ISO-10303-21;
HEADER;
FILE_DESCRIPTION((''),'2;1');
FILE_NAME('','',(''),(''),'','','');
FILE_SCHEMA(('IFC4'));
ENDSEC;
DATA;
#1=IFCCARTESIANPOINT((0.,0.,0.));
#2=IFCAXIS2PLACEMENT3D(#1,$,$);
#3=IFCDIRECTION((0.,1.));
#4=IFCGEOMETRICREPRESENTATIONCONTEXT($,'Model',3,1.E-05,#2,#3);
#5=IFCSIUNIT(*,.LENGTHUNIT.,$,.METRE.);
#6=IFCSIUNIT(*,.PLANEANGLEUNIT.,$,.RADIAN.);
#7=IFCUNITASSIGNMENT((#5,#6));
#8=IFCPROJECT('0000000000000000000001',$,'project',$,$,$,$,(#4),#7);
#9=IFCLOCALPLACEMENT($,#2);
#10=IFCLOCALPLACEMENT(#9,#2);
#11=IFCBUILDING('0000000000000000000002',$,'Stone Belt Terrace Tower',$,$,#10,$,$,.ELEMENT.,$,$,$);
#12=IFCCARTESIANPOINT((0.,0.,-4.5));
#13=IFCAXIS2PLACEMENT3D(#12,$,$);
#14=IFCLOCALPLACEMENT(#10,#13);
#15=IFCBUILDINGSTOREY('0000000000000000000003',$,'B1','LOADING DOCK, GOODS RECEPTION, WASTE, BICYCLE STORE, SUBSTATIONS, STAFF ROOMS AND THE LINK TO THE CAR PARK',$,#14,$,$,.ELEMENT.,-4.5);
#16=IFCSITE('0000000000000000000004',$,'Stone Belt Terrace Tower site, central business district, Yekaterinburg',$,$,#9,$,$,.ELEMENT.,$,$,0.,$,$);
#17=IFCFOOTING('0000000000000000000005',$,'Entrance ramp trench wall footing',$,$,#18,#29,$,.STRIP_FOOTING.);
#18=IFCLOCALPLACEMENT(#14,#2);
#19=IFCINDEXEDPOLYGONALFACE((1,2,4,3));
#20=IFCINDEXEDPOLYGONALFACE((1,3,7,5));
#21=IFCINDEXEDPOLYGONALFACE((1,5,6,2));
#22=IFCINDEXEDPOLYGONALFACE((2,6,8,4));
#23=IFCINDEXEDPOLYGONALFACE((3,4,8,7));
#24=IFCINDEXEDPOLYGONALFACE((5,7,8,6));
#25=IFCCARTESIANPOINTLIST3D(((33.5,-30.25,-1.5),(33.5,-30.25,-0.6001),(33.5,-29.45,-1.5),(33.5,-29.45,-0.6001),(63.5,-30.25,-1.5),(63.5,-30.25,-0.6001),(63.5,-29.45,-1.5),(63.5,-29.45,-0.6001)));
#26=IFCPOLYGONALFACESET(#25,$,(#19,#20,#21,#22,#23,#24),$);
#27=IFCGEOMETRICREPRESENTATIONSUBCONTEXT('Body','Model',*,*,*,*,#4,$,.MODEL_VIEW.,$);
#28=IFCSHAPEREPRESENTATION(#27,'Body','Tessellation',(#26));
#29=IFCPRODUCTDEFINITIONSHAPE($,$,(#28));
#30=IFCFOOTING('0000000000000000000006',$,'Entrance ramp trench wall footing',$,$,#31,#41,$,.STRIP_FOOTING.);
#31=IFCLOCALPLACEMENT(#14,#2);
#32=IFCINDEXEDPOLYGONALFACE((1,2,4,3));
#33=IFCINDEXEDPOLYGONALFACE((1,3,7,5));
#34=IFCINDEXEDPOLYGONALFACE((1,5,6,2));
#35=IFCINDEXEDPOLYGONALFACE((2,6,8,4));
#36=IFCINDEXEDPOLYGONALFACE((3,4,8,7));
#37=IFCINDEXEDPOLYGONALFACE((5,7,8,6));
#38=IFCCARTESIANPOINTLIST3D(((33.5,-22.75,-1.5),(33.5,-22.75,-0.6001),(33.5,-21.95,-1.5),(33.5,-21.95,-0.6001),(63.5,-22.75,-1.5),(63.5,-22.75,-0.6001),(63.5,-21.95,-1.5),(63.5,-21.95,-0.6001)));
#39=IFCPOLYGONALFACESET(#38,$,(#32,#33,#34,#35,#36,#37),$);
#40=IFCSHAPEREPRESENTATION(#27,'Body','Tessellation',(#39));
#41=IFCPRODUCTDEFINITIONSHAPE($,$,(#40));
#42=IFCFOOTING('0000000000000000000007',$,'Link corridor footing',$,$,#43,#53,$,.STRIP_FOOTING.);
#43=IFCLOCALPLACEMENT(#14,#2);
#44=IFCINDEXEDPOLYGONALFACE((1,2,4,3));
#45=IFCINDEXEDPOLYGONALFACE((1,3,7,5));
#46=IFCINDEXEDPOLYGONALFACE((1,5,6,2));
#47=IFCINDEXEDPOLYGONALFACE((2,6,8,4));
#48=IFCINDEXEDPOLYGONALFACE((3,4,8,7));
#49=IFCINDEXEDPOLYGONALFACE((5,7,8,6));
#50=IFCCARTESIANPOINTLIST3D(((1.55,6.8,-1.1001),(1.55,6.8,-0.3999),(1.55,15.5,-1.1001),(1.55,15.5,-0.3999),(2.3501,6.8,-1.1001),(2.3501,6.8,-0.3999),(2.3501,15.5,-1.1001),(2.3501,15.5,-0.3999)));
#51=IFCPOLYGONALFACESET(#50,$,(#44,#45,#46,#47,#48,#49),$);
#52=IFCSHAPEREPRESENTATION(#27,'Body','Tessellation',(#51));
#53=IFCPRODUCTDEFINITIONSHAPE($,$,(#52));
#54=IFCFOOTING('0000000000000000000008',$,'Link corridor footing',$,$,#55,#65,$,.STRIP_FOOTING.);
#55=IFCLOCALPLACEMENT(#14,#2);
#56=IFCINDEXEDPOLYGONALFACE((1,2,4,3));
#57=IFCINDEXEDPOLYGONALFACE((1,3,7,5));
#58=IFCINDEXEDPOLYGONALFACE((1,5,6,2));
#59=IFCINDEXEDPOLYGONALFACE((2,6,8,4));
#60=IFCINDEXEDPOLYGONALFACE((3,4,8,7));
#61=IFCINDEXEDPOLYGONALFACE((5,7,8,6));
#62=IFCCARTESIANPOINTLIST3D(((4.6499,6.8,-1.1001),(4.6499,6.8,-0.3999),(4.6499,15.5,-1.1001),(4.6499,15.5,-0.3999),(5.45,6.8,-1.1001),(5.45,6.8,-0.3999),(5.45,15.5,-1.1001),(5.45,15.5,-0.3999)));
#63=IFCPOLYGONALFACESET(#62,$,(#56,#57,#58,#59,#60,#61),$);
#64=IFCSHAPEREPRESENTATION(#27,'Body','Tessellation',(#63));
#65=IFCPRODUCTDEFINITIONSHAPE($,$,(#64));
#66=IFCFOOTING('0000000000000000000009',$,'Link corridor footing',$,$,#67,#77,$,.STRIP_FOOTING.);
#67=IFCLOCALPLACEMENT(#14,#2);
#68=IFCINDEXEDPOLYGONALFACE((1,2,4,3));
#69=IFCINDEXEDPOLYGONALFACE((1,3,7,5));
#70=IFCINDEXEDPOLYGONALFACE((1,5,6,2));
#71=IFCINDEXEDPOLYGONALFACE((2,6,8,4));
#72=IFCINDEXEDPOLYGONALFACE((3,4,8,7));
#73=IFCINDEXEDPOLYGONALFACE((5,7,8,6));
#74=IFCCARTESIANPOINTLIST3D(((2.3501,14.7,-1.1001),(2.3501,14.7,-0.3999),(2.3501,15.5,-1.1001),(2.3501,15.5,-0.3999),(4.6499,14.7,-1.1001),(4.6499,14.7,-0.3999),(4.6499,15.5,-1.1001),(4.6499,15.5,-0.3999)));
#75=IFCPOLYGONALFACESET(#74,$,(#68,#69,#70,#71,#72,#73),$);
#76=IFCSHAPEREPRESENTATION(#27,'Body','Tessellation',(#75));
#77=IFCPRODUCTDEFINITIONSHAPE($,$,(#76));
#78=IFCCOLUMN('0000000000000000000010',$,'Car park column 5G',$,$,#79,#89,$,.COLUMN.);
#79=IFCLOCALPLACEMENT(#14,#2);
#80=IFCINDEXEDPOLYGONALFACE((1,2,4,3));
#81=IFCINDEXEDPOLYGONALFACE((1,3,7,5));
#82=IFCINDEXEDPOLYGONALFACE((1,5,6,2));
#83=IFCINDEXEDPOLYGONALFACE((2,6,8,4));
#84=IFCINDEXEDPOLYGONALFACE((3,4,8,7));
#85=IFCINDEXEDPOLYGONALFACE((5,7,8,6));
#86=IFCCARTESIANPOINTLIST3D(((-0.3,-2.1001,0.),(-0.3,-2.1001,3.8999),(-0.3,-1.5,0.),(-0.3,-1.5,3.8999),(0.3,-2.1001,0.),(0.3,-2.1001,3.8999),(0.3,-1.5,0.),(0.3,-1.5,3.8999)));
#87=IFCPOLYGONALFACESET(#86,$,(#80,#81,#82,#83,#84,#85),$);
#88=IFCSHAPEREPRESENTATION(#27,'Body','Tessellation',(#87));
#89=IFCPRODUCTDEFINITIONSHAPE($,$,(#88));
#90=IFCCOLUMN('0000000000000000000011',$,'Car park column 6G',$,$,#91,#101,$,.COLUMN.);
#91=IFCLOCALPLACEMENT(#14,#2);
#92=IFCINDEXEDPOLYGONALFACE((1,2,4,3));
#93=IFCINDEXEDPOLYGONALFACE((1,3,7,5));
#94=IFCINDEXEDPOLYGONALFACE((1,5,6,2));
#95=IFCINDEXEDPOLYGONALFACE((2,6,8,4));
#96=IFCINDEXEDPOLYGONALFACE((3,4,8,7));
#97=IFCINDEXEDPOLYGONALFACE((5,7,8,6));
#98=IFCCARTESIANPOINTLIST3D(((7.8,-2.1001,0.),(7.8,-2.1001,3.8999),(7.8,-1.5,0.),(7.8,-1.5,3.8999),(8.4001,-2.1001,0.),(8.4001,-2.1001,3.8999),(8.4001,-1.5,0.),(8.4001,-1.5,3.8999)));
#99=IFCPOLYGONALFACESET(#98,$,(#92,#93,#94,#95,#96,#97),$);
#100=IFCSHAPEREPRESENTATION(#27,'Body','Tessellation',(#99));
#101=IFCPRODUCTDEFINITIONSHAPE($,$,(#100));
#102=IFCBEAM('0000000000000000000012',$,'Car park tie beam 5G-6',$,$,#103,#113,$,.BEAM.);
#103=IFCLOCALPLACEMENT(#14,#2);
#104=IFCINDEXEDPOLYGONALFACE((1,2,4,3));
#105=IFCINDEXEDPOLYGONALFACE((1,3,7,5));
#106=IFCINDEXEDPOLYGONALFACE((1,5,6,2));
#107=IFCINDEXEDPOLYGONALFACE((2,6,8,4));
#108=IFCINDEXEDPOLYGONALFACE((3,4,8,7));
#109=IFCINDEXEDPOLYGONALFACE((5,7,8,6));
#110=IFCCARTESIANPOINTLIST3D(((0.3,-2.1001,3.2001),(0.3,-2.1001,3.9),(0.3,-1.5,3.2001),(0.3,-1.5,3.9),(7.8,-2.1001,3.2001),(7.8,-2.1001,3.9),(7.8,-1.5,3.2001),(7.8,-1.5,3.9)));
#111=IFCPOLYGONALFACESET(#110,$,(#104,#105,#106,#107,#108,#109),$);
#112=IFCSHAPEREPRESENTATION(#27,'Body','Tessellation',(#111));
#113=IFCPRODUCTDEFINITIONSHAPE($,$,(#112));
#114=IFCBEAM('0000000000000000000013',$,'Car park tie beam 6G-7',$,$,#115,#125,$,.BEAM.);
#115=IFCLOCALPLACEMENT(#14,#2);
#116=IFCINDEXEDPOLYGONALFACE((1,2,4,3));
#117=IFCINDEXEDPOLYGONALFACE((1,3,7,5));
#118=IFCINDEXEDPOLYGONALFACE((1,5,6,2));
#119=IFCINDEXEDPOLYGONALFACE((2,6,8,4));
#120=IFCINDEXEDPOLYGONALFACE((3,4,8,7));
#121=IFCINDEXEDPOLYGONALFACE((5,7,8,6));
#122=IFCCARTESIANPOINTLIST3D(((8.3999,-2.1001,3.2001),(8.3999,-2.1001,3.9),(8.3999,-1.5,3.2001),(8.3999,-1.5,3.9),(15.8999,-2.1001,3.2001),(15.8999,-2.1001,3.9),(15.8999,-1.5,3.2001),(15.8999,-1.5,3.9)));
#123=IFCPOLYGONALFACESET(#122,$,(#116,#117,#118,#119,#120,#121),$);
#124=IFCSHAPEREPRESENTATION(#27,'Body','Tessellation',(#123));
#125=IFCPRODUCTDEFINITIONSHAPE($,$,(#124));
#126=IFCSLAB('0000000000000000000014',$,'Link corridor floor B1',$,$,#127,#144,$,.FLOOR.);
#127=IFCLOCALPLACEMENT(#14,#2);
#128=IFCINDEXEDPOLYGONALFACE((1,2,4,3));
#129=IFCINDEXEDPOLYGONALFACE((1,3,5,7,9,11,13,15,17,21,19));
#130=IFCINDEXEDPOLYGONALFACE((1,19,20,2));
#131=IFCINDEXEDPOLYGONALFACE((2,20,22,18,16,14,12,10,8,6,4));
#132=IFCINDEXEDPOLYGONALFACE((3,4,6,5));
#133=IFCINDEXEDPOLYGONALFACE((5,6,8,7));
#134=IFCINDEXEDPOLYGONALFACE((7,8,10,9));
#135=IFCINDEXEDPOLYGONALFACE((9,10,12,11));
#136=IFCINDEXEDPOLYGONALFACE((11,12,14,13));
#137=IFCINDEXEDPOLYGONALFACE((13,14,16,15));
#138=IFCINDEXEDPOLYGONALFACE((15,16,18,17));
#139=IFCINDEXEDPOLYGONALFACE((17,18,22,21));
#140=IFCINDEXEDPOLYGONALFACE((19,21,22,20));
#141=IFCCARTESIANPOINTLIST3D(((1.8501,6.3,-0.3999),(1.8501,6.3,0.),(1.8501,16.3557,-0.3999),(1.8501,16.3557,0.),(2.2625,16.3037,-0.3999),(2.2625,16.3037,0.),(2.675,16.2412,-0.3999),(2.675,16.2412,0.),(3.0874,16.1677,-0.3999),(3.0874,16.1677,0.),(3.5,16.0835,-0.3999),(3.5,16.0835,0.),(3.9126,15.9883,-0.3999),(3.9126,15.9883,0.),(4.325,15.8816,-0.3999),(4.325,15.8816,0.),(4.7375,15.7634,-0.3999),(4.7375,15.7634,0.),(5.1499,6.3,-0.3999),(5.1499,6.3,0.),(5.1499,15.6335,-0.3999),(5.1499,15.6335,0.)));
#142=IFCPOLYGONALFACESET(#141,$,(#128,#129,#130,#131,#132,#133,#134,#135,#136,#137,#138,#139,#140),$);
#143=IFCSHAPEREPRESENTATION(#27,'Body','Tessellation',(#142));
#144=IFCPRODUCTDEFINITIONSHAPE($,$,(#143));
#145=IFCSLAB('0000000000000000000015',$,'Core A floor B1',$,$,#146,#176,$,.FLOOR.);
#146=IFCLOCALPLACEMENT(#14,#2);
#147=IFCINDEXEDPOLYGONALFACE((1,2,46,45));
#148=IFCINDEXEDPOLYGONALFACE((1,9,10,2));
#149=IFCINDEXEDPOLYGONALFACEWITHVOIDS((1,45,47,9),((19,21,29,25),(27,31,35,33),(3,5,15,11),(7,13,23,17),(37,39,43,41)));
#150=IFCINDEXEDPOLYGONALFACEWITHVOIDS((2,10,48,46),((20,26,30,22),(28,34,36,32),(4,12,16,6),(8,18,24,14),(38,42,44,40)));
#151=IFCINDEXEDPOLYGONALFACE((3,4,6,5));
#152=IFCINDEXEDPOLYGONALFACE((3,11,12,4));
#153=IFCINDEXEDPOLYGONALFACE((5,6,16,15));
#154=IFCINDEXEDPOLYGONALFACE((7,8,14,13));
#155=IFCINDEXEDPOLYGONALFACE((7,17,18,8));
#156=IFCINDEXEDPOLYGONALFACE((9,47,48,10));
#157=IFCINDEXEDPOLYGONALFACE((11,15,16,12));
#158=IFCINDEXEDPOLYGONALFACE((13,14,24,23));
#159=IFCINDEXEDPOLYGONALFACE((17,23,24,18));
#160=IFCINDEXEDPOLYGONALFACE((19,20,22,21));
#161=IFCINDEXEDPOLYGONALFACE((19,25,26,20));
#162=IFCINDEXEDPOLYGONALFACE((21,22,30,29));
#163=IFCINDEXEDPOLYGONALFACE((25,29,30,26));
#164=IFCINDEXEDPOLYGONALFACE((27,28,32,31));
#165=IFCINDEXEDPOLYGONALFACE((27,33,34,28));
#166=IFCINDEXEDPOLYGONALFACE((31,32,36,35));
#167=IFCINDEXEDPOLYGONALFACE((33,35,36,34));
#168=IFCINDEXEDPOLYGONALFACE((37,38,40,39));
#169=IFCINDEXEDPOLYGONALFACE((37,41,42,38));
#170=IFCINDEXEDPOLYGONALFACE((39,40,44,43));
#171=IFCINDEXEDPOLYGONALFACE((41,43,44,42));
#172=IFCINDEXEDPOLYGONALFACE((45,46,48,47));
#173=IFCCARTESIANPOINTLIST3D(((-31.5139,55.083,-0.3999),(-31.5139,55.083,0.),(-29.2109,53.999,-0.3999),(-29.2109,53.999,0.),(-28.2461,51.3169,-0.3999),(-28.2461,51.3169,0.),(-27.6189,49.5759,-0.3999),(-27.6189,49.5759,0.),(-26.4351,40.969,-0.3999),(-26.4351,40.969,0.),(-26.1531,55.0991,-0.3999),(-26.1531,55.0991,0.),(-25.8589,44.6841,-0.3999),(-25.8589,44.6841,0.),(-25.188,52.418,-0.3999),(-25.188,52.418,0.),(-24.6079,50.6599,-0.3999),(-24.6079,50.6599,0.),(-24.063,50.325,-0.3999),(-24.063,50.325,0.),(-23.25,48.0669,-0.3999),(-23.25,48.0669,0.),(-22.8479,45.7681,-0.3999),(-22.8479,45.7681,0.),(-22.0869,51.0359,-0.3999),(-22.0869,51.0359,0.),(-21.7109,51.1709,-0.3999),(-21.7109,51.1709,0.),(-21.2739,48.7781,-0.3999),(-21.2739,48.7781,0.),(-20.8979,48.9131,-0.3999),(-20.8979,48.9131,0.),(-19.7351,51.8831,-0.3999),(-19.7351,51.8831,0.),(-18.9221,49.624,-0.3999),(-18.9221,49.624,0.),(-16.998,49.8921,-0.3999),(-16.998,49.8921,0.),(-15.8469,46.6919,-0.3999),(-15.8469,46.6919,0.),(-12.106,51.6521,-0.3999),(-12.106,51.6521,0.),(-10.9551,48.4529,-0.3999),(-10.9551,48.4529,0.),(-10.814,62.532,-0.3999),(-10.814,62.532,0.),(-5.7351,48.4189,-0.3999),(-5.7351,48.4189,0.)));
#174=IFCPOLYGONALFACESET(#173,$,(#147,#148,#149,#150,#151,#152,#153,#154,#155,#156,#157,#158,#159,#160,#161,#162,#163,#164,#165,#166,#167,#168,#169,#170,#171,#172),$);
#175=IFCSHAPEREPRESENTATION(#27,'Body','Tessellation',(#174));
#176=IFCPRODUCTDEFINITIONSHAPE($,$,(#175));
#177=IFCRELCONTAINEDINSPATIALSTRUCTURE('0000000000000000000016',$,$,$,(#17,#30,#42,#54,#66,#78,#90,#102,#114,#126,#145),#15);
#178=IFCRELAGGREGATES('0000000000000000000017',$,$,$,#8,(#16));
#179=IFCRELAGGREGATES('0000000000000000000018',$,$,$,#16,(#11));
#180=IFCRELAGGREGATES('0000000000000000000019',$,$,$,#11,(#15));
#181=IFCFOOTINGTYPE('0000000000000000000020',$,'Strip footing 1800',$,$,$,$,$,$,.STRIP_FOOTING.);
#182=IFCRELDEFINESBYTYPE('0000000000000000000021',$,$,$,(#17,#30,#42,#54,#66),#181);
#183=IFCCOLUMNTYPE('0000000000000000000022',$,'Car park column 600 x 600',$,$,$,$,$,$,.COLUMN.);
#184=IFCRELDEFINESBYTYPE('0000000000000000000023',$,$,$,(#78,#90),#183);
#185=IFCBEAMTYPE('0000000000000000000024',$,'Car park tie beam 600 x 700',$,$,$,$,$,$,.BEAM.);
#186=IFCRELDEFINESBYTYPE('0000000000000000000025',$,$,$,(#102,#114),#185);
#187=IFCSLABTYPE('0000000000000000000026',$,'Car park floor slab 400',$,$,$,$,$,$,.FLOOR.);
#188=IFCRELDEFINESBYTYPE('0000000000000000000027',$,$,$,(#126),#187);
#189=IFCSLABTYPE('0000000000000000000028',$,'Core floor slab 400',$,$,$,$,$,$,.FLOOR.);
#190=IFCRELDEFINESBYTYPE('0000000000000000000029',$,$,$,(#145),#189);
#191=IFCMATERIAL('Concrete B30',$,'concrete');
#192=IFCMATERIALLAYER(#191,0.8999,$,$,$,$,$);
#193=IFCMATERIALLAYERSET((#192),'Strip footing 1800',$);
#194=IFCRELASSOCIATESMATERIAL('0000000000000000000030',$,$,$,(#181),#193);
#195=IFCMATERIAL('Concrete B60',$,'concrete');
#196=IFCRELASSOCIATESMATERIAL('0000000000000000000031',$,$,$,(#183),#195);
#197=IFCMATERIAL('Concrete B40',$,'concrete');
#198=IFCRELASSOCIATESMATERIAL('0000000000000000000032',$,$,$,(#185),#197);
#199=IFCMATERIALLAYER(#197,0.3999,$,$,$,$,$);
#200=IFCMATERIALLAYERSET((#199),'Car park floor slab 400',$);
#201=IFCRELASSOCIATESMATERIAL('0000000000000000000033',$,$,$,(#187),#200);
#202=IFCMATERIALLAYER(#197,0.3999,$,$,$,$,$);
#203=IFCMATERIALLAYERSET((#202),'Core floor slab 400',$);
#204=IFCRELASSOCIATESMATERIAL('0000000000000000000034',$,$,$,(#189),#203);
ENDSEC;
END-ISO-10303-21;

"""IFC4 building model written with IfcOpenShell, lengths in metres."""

from ifc_helpers import new_model, si_unit, direction, frame, origin, origin_2d, place, context, subcontext, project, spatial, polyline, rectangle, outline, extrude, material, layer, layer_set, material_profile, profile_set, type_object, element, save


model = new_model("IFC4")

# Units and contexts
model_context = context("Model", 3, precision=1e-05, world=origin(), true_north=direction((0.0, 1.0)))
body_context = subcontext(model_context, "Body", "Model", "MODEL_VIEW")
ifc_project = project(units=[si_unit("LENGTHUNIT", "METRE"), si_unit("PLANEANGLEUNIT", "RADIAN")], contexts=[model_context])

# Site, building, storey
site_placement = place(None, origin())
site = spatial("IfcSite", under=ifc_project, at=site_placement, Name="Stone Belt Terrace Tower site, central business district, Yekaterinburg", CompositionType="ELEMENT", RefElevation=0.0)
building_placement = place(site_placement, origin())
building = spatial("IfcBuilding", under=site, at=building_placement, Name="Stone Belt Terrace Tower", CompositionType="ELEMENT")
storey_placement = place(building_placement, frame((0.0, 0.0, -4.5)))
storey = spatial("IfcBuildingStorey", under=building, at=storey_placement, Name="B1", Description="LOADING DOCK, GOODS RECEPTION, WASTE, BICYCLE STORE, SUBSTATIONS, STAFF ROOMS AND THE LINK TO THE CAR PARK", CompositionType="ELEMENT", Elevation=-4.5)

# Footings
ifc_material_1 = material(Name="Concrete B30", Category="concrete")
ifc_layer_1 = layer(ifc_material_1, 0.8999)
ifc_layer_set_1 = layer_set([ifc_layer_1], Name="Strip footing 1800")
footing_type = type_object("IfcFootingType", Name="Strip footing 1800", PredefinedType="STRIP_FOOTING", material=ifc_layer_set_1)
footing_1_placement = place(storey_placement, frame((0.0, 0.0, -1.5)))
element("IfcFooting", 1, at=footing_1_placement, inside=storey, type_object=footing_type, Name="Entrance ramp trench wall footing", PredefinedType="STRIP_FOOTING", context=body_context, shape_type="SweptSolid", body=[
    extrude(outline(polyline([(33.5, -30.25), (63.5, -30.25), (63.5, -29.45), (33.5, -29.45), (33.5, -30.25)])), origin(), (0.0, 0.0, 1.0), 0.8999),
])
footing_2_placement = place(storey_placement, frame((0.0, 0.0, -1.5)))
element("IfcFooting", 2, at=footing_2_placement, inside=storey, type_object=footing_type, Name="Entrance ramp trench wall footing", PredefinedType="STRIP_FOOTING", context=body_context, shape_type="SweptSolid", body=[
    extrude(outline(polyline([(33.5, -22.75), (63.5, -22.75), (63.5, -21.95), (33.5, -21.95), (33.5, -22.75)])), origin(), (0.0, 0.0, 1.0), 0.8999),
])
footing_3_placement = place(storey_placement, frame((0.0, 0.0, -1.1001)))
element("IfcFooting", 3, at=footing_3_placement, inside=storey, type_object=footing_type, Name="Link corridor footing", PredefinedType="STRIP_FOOTING", context=body_context, shape_type="SweptSolid", body=[
    extrude(outline(polyline([(1.55, 6.8), (2.3501, 6.8), (2.3501, 15.5), (1.55, 15.5), (1.55, 6.8)])), origin(), (0.0, 0.0, 1.0), 0.7002),
])
footing_4_placement = place(storey_placement, frame((0.0, 0.0, -1.1001)))
element("IfcFooting", 4, at=footing_4_placement, inside=storey, type_object=footing_type, Name="Link corridor footing", PredefinedType="STRIP_FOOTING", context=body_context, shape_type="SweptSolid", body=[
    extrude(outline(polyline([(4.6499, 6.8), (5.45, 6.8), (5.45, 15.5), (4.6499, 15.5), (4.6499, 6.8)])), origin(), (0.0, 0.0, 1.0), 0.7002),
])
footing_5_placement = place(storey_placement, frame((0.0, 0.0, -1.1001)))
element("IfcFooting", 5, at=footing_5_placement, inside=storey, type_object=footing_type, Name="Link corridor footing", PredefinedType="STRIP_FOOTING", context=body_context, shape_type="SweptSolid", body=[
    extrude(outline(polyline([(2.3501, 14.7), (4.6499, 14.7), (4.6499, 15.5), (2.3501, 15.5), (2.3501, 14.7)])), origin(), (0.0, 0.0, 1.0), 0.7002),
])

# Columns
ifc_material_2 = material(Name="Concrete B60", Category="concrete")
ifc_material_profile_1 = material_profile(ifc_material_2, rectangle(XDim=0.6001, YDim=0.6001, at=origin_2d()), Name="Car park column 600 x 600")
ifc_profile_set_1 = profile_set([ifc_material_profile_1], Name="Concrete B60")
column_type = type_object("IfcColumnType", Name="Car park column 600 x 600", PredefinedType="COLUMN", material=ifc_profile_set_1)
for number, where, z_axis, x_axis, name in (
    (6, (0.0, -1.8, 0.0), (0.0, 0.0, 1.0), (1.0, 0.0, 0.0), "Car park column 5G"),
    (7, (8.1001, -1.8, 0.0), (0.0, 0.0, 1.0), (1.0, 0.0, 0.0), "Car park column 6G"),
):
    element("IfcColumn", number, at=place(storey_placement, frame(where, z_axis=z_axis, x_axis=x_axis)), inside=storey, type_object=column_type, Name=name, PredefinedType="COLUMN", context=body_context, shape_type="SweptSolid", body=[
        extrude(rectangle(XDim=0.6001, YDim=0.6001, at=origin_2d()), origin(), (0.0, 0.0, 1.0), 3.8999),
    ])

# Beams
ifc_material_3 = material(Name="Concrete B40", Category="concrete")
ifc_material_profile_2 = material_profile(ifc_material_3, rectangle(XDim=0.6001, YDim=0.7, at=origin_2d()), Name="Car park tie beam 600 x 700")
ifc_profile_set_2 = profile_set([ifc_material_profile_2], Name="Concrete B40")
beam_type = type_object("IfcBeamType", Name="Car park tie beam 600 x 700", PredefinedType="BEAM", material=ifc_profile_set_2)
for number, where, z_axis, x_axis, name in (
    (8, (0.3, -1.8, 3.55), (1.0, 0.0, 0.0), (0.0, 1.0, 0.0), "Car park tie beam 5G-6"),
    (9, (8.3999, -1.8, 3.55), (1.0, 0.0, 0.0), (0.0, 1.0, 0.0), "Car park tie beam 6G-7"),
):
    element("IfcBeam", number, at=place(storey_placement, frame(where, z_axis=z_axis, x_axis=x_axis)), inside=storey, type_object=beam_type, Name=name, PredefinedType="BEAM", context=body_context, shape_type="SweptSolid", body=[
        extrude(rectangle(XDim=0.6001, YDim=0.7, at=origin_2d()), origin(), (0.0, 0.0, 1.0), 7.5),
    ])

# Slabs
ifc_layer_2 = layer(ifc_material_3, 0.3999)
ifc_layer_set_2 = layer_set([ifc_layer_2], Name="Car park floor slab 400")
slab_type_1 = type_object("IfcSlabType", Name="Car park floor slab 400", PredefinedType="FLOOR", material=ifc_layer_set_2)
slab_1_placement = place(storey_placement, frame((0.0, 0.0, -0.3999)))
element("IfcSlab", 10, at=slab_1_placement, inside=storey, type_object=slab_type_1, Name="Link corridor floor B1", PredefinedType="FLOOR", context=body_context, shape_type="SweptSolid", body=[
    extrude(outline(polyline([(1.8501, 6.3), (5.1499, 6.3), (5.1499, 15.6335), (4.7375, 15.7634), (4.325, 15.8816), (3.9126, 15.9883), (3.5, 16.0835), (3.0874, 16.1677), (2.675, 16.2412), (2.2625, 16.3037), (1.8501, 16.3557), (1.8501, 6.3)])), origin(), (0.0, 0.0, 1.0), 0.3999),
])
ifc_layer_3 = layer(ifc_material_3, 0.3999)
ifc_layer_set_3 = layer_set([ifc_layer_3], Name="Core floor slab 400")
slab_type_2 = type_object("IfcSlabType", Name="Core floor slab 400", PredefinedType="FLOOR", material=ifc_layer_set_3)
slab_2_placement = place(storey_placement, frame((0.0, 0.0, -0.3999)))
element("IfcSlab", 11, at=slab_2_placement, inside=storey, type_object=slab_type_2, Name="Core A floor B1", PredefinedType="FLOOR", context=body_context, shape_type="SweptSolid", body=[
    extrude(outline(polyline([(-26.4351, 40.969), (-5.7351, 48.4189), (-10.814, 62.532), (-31.5139, 55.083), (-26.4351, 40.969)]), holes=[polyline([(-27.6189, 49.5759), (-24.6079, 50.6599), (-22.8479, 45.7681), (-25.8589, 44.6841), (-27.6189, 49.5759)]), polyline([(-12.106, 51.6521), (-10.9551, 48.4529), (-15.8469, 46.6919), (-16.998, 49.8921), (-12.106, 51.6521)]), polyline([(-24.063, 50.325), (-22.0869, 51.0359), (-21.2739, 48.7781), (-23.25, 48.0669), (-24.063, 50.325)]), polyline([(-19.7351, 51.8831), (-18.9221, 49.624), (-20.8979, 48.9131), (-21.7109, 51.1709), (-19.7351, 51.8831)]), polyline([(-28.2461, 51.3169), (-29.2109, 53.999), (-26.1531, 55.0991), (-25.188, 52.418), (-28.2461, 51.3169)])]), origin(), (0.0, 0.0, 1.0), 0.3999),
])

save(model, "model.ifc")
